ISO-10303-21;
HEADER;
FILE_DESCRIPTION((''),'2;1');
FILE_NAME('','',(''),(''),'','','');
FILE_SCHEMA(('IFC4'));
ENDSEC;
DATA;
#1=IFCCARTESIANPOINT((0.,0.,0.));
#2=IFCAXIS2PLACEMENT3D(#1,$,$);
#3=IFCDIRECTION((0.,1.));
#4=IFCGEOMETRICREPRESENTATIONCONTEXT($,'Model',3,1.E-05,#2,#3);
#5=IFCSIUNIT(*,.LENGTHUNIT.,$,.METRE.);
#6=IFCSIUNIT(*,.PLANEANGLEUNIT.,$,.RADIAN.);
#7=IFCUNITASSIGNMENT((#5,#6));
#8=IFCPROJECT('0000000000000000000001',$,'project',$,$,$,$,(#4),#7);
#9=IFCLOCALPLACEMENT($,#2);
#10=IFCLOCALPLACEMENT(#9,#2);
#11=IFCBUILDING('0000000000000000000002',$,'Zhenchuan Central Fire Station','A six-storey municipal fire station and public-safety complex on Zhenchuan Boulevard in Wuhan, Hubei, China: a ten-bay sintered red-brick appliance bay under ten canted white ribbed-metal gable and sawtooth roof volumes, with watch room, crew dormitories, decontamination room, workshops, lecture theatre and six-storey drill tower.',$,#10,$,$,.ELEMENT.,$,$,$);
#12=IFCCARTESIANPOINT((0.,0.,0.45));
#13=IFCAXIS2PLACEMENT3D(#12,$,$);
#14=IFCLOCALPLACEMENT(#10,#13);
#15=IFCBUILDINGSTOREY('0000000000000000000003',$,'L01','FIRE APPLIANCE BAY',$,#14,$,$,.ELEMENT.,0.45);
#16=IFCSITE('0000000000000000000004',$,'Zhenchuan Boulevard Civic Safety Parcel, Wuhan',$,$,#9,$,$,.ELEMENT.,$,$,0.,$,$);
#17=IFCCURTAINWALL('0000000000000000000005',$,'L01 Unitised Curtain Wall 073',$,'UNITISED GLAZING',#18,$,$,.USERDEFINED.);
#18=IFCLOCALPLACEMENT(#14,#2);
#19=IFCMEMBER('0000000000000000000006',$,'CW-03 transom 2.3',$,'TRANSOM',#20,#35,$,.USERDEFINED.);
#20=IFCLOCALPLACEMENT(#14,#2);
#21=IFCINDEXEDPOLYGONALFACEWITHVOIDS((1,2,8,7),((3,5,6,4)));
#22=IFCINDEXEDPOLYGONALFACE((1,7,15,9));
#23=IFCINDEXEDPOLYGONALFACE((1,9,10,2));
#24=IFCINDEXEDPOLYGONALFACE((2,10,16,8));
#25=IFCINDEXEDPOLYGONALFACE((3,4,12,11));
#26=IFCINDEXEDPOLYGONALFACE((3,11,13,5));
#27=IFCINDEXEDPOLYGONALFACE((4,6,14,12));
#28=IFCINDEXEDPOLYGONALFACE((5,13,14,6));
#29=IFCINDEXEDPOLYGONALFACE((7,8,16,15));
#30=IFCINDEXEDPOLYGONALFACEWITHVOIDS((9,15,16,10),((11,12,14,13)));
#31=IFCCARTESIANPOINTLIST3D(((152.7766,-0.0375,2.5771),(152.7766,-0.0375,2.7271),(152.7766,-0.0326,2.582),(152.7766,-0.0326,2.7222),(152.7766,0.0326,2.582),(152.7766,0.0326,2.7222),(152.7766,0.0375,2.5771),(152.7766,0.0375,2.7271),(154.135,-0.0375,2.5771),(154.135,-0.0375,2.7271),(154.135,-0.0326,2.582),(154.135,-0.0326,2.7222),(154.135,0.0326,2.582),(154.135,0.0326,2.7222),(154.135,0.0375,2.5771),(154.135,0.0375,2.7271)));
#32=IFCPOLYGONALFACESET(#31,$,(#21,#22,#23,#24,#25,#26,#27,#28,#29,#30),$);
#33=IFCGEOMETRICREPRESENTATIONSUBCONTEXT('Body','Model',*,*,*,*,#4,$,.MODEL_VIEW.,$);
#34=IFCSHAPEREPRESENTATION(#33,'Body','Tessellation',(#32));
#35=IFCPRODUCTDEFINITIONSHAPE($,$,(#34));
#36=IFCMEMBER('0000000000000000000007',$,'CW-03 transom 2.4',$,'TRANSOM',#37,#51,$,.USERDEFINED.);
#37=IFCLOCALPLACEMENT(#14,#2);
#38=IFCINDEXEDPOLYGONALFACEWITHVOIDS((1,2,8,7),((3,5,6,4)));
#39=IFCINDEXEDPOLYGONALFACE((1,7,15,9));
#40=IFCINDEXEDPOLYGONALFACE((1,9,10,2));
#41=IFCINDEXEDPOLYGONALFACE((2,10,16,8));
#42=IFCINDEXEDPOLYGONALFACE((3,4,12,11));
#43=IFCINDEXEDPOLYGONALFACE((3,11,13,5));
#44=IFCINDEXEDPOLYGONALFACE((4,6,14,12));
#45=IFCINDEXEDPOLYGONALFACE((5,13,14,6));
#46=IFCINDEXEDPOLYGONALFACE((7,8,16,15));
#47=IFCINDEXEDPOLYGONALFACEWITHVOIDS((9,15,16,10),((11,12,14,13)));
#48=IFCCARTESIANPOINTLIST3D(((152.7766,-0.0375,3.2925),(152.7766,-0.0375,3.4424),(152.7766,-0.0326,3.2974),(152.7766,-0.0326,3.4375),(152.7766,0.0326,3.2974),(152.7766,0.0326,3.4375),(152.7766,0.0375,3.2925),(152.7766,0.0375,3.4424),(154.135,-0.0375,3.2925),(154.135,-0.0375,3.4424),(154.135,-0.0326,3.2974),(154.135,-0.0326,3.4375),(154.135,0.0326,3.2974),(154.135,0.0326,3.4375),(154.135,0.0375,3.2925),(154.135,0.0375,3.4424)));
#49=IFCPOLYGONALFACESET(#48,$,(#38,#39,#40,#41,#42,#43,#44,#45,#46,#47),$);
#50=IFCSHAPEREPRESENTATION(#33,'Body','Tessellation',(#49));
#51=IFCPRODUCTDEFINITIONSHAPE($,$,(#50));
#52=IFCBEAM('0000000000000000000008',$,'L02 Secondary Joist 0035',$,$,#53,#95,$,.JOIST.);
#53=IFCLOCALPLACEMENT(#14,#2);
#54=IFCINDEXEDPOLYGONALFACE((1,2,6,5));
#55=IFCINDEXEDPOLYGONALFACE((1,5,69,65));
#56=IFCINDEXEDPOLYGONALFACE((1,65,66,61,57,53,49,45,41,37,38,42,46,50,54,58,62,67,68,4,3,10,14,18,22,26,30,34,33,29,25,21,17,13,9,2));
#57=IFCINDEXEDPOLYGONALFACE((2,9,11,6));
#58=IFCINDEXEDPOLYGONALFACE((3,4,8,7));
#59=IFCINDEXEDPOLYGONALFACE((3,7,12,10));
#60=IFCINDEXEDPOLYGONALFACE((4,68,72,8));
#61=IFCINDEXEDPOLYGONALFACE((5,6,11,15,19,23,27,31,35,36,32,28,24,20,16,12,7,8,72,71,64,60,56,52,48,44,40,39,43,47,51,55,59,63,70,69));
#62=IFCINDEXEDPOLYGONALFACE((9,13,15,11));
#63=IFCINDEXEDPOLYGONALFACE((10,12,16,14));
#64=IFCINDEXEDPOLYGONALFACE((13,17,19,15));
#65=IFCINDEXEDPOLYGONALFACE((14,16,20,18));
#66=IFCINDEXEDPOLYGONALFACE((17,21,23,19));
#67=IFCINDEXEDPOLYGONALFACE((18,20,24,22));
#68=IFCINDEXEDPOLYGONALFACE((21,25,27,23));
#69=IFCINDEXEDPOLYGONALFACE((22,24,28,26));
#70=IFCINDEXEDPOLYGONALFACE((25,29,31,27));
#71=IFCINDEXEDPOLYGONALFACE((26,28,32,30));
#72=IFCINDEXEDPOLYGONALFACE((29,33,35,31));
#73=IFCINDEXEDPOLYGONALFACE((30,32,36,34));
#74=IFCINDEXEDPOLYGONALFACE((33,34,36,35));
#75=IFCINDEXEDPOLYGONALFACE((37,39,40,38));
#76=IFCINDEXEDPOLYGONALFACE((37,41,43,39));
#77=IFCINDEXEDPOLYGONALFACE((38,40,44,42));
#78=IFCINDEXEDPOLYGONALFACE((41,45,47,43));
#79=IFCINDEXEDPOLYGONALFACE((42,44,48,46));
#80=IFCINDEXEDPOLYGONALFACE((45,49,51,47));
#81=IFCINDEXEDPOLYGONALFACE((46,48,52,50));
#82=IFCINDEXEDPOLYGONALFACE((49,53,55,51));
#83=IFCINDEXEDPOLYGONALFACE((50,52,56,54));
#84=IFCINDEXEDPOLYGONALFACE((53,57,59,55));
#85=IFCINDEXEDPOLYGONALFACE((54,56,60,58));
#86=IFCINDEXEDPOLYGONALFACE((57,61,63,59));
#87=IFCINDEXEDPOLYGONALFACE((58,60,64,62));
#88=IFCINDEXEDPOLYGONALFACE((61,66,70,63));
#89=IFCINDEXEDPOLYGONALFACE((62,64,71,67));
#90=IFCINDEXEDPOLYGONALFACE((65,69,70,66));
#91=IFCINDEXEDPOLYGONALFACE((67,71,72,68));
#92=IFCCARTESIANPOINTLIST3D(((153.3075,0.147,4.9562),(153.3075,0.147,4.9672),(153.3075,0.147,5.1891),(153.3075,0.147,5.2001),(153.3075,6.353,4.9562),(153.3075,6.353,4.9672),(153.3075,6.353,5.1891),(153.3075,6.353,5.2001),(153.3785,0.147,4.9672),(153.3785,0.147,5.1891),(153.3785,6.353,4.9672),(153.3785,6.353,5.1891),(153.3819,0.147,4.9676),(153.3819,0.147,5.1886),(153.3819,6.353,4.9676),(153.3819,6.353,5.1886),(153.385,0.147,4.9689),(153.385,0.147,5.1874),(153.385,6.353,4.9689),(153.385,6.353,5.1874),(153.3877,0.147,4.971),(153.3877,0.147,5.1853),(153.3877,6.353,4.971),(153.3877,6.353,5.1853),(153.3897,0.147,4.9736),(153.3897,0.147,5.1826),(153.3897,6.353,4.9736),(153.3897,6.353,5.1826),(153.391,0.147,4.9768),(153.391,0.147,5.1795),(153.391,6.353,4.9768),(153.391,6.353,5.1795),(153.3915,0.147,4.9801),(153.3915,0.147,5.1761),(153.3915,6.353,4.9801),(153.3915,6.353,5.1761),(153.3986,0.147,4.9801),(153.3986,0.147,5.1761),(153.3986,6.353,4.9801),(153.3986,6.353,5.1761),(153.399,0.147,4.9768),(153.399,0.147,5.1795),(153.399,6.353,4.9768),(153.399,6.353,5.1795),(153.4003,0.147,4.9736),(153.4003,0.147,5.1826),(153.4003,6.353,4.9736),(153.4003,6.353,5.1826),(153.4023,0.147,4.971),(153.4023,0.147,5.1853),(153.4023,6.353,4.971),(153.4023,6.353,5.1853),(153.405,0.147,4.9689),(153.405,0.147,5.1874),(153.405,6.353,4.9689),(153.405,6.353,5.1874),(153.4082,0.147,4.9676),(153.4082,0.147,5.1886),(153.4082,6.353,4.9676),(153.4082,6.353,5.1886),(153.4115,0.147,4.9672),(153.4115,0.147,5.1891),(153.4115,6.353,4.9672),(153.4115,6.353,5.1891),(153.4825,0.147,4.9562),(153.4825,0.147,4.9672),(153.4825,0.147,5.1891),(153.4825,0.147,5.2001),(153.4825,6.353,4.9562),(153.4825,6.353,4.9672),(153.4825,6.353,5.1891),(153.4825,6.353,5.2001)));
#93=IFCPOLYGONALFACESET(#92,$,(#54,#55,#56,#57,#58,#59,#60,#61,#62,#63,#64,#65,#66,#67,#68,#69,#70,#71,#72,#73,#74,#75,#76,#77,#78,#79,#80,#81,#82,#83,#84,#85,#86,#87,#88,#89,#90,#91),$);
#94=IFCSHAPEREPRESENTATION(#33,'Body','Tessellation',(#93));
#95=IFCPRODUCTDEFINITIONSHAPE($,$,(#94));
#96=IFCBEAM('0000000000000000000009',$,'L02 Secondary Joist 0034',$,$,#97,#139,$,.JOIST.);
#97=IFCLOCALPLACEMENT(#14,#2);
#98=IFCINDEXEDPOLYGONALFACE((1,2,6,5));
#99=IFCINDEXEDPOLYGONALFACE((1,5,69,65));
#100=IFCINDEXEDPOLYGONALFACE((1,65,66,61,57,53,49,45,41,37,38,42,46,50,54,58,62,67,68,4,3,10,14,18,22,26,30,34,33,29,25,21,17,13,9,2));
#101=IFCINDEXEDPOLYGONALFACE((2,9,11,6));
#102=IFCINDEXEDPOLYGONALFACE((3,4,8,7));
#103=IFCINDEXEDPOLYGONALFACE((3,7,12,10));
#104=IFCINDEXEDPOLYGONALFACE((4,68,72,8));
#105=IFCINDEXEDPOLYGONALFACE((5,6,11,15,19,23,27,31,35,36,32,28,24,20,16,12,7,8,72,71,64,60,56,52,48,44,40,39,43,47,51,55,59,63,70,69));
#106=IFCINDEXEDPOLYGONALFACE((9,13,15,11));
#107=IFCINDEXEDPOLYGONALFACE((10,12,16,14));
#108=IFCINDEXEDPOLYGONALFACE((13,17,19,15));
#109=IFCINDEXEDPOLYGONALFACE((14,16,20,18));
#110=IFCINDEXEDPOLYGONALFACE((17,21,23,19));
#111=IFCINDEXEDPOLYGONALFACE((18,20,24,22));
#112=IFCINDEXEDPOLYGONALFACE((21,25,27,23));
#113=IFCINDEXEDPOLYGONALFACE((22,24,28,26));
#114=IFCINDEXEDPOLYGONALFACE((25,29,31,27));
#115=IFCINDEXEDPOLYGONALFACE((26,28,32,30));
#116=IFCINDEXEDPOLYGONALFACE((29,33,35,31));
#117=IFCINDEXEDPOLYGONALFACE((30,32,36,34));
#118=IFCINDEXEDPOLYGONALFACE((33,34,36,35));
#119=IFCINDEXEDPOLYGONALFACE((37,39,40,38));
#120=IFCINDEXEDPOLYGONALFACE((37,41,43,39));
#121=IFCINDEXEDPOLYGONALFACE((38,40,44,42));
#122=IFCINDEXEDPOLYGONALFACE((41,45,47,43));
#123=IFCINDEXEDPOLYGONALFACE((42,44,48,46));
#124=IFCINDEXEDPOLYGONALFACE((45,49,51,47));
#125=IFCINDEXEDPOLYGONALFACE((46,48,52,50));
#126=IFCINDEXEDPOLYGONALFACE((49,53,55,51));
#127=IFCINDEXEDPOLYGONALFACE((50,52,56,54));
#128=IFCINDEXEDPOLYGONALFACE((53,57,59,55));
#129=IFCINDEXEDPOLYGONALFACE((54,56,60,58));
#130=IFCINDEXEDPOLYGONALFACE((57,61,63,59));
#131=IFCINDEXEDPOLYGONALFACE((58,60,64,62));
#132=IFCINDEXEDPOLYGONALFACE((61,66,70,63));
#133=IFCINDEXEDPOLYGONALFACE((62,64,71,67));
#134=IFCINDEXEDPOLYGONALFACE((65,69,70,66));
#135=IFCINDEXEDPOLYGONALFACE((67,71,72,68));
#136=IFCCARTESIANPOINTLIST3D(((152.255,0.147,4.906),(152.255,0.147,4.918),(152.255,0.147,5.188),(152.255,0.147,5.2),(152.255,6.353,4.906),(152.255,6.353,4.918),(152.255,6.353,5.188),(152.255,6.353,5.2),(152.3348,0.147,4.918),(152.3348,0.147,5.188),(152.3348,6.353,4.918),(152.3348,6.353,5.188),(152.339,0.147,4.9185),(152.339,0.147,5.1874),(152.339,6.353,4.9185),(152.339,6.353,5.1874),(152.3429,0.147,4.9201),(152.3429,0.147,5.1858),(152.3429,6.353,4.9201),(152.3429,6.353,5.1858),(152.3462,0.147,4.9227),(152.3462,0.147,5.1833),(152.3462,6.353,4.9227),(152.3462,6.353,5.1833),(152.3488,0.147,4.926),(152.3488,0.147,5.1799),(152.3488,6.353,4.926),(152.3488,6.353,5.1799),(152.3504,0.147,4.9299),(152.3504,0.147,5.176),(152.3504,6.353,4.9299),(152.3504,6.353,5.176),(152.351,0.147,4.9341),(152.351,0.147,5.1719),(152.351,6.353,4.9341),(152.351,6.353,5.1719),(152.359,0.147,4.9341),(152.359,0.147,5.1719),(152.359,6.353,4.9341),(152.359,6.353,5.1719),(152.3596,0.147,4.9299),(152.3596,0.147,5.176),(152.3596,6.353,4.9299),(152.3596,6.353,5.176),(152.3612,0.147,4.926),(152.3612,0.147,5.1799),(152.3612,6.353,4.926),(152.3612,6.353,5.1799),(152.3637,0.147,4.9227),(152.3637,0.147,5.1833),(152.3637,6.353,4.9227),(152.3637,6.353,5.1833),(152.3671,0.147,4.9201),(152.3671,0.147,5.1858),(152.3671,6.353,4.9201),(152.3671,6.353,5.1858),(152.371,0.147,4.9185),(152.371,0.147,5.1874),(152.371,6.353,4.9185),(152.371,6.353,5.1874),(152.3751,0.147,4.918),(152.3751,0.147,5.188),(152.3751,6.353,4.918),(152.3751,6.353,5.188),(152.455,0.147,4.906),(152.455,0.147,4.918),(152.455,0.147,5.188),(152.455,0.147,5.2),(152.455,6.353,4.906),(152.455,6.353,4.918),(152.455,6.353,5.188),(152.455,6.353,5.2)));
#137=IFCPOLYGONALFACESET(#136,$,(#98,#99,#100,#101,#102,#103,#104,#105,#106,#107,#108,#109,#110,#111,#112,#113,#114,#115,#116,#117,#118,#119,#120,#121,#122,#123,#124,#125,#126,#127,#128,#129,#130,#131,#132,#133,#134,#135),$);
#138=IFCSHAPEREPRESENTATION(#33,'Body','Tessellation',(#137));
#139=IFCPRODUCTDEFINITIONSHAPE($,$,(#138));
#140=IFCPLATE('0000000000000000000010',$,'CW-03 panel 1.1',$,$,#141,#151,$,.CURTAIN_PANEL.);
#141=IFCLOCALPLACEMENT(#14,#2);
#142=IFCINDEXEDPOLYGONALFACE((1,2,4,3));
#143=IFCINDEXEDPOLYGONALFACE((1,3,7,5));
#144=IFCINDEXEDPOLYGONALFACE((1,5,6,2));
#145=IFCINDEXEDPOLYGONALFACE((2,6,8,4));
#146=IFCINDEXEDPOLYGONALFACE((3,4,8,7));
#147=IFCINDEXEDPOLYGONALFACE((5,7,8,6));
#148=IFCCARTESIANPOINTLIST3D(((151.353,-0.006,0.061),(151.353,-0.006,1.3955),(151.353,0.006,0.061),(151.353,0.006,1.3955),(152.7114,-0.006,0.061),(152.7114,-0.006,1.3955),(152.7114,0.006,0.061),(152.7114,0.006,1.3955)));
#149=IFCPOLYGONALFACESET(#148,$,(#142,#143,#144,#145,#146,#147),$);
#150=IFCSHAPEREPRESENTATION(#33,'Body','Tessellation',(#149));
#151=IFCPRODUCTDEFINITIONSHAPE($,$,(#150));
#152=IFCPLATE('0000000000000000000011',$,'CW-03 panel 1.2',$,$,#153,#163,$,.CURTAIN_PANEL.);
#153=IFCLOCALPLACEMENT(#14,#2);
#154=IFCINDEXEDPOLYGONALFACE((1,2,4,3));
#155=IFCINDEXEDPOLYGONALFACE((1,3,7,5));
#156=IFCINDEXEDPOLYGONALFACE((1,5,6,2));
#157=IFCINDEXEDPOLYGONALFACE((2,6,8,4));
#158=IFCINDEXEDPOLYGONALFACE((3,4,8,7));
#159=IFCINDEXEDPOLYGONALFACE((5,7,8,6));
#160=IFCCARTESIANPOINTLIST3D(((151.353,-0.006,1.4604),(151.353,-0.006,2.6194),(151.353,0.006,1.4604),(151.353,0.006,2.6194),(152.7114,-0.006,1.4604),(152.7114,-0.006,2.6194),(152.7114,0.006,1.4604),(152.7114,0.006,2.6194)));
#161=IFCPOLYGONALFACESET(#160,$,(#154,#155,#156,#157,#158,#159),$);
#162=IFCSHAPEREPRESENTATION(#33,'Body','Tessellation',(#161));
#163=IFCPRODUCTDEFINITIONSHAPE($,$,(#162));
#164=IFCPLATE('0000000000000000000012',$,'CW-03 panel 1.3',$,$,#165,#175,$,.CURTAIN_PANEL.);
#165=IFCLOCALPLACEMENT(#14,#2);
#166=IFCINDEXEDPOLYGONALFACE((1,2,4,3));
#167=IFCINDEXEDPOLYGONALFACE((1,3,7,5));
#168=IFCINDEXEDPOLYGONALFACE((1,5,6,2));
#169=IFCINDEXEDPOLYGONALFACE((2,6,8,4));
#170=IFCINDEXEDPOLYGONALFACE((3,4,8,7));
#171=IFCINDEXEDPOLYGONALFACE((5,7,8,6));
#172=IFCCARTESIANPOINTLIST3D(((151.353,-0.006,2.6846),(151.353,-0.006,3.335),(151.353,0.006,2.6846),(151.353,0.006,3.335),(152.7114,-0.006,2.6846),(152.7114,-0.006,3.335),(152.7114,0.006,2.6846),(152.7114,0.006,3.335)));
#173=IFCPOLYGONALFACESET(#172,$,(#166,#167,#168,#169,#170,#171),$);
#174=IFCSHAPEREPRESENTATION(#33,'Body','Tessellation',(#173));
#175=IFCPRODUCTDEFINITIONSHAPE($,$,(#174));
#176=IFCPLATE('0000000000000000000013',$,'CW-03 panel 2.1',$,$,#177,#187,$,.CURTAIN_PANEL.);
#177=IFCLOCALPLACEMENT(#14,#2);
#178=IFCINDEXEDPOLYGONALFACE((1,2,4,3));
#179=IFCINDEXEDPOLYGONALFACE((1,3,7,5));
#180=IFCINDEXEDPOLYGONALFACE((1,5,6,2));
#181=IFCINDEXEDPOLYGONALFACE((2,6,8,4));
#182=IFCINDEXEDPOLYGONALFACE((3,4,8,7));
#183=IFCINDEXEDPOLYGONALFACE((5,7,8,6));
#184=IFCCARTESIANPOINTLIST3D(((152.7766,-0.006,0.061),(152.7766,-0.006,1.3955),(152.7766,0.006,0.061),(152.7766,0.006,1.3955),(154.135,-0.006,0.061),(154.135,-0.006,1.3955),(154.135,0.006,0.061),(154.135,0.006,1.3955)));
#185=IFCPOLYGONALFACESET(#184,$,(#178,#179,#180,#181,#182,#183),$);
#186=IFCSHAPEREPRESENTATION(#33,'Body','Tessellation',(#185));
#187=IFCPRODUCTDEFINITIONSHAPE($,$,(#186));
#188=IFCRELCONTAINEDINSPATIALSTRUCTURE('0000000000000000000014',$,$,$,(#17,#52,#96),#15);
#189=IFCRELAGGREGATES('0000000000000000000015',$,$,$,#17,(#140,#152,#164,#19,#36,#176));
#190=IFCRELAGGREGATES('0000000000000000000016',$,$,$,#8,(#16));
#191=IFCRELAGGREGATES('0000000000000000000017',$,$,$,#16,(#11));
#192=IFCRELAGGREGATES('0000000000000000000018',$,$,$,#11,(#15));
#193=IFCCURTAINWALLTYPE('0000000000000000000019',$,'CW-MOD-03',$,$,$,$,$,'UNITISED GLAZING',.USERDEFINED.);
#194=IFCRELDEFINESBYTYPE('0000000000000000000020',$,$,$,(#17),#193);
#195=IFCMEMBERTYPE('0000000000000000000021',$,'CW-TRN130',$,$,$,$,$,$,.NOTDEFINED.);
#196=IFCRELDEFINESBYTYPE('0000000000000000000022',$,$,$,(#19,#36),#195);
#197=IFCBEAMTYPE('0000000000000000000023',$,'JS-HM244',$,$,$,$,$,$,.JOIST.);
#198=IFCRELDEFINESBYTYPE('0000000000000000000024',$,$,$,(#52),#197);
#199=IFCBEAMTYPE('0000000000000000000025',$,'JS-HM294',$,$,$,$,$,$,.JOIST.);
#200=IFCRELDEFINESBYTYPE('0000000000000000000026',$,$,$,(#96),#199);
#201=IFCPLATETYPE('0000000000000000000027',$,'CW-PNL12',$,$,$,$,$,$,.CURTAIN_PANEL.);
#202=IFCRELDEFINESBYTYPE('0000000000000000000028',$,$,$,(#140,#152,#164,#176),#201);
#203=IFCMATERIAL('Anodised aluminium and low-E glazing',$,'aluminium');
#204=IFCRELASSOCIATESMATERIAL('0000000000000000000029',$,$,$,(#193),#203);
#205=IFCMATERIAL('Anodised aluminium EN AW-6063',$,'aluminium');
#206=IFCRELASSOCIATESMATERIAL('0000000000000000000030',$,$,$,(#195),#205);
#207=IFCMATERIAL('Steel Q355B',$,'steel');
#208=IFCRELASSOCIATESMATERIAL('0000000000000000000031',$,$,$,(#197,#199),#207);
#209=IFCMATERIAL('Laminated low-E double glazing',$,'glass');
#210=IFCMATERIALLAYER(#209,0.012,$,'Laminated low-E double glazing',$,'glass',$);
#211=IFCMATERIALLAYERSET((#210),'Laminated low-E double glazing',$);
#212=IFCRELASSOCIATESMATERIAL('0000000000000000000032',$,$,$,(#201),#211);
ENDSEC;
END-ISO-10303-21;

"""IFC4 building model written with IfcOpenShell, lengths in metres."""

from ifc_helpers import new_model, si_unit, direction, frame, origin, origin_2d, place, context, subcontext, project, spatial, rectangle, hollow_rectangle, i_section, extrude, material, layer, layer_set, material_profile, profile_set, type_object, element, aggregate, save


model = new_model("IFC4")

# Units and contexts
model_context = context("Model", 3, precision=1e-05, world=origin(), true_north=direction((0.0, 1.0)))
body_context = subcontext(model_context, "Body", "Model", "MODEL_VIEW")
ifc_project = project(units=[si_unit("LENGTHUNIT", "METRE"), si_unit("PLANEANGLEUNIT", "RADIAN")], contexts=[model_context])

# Site, building, storey
site_placement = place(None, origin())
site = spatial("IfcSite", under=ifc_project, at=site_placement, Name="Zhenchuan Boulevard Civic Safety Parcel, Wuhan", CompositionType="ELEMENT", RefElevation=0.0)
building_placement = place(site_placement, origin())
building = spatial("IfcBuilding", under=site, at=building_placement, Name="Zhenchuan Central Fire Station", Description="A six-storey municipal fire station and public-safety complex on Zhenchuan Boulevard in Wuhan, Hubei, China: a ten-bay sintered red-brick appliance bay under ten canted white ribbed-metal gable and sawtooth roof volumes, with watch room, crew dormitories, decontamination room, workshops, lecture theatre and six-storey drill tower.", CompositionType="ELEMENT")
storey_placement = place(building_placement, frame((0.0, 0.0, 0.45)))
storey = spatial("IfcBuildingStorey", under=building, at=storey_placement, Name="L01", Description="FIRE APPLIANCE BAY", CompositionType="ELEMENT", Elevation=0.45)

# Curtain wall, members
ifc_material_1 = material(Name="Anodised aluminium and low-E glazing", Category="aluminium")
curtain_wall_type = type_object("IfcCurtainWallType", Name="CW-MOD-03", ElementType="UNITISED GLAZING", PredefinedType="USERDEFINED", material=ifc_material_1)
curtain_wall_placement = place(storey_placement, origin())
curtain_wall = element("IfcCurtainWall", 1, at=curtain_wall_placement, inside=storey, type_object=curtain_wall_type, Name="L01 Unitised Curtain Wall 073", ObjectType="UNITISED GLAZING", PredefinedType="USERDEFINED")
ifc_material_2 = material(Name="Anodised aluminium EN AW-6063", Category="aluminium")
ifc_material_profile_1 = material_profile(ifc_material_2, hollow_rectangle(XDim=0.075, YDim=0.1499, WallThickness=0.0049, at=origin_2d()), Name="ALU-T 150x75")
ifc_profile_set_1 = profile_set([ifc_material_profile_1], Name="Anodised aluminium EN AW-6063")
member_type_1 = type_object("IfcMemberType", Name="CW-TRN130", PredefinedType="NOTDEFINED", material=ifc_profile_set_1)
member_1_placement = place(storey_placement, frame((152.7766, 0.0, 2.6521), z_axis=(1.0, 0.0, 0.0), x_axis=(0.0, 1.0, 0.0)))
member_1 = element("IfcMember", 2, at=member_1_placement, type_object=member_type_1, Name="CW-03 transom 2.3", ObjectType="TRANSOM", PredefinedType="USERDEFINED", context=body_context, shape_type="SweptSolid", body=[
    extrude(hollow_rectangle(XDim=0.075, YDim=0.1499, WallThickness=0.0049, at=origin_2d()), origin(), (0.0, 0.0, 1.0), 1.3584),
])
member_2_placement = place(storey_placement, frame((152.7766, 0.0, 3.3674), z_axis=(1.0, 0.0, 0.0), x_axis=(0.0, 1.0, 0.0)))
member_2 = element("IfcMember", 3, at=member_2_placement, type_object=member_type_1, Name="CW-03 transom 2.4", ObjectType="TRANSOM", PredefinedType="USERDEFINED", context=body_context, shape_type="SweptSolid", body=[
    extrude(hollow_rectangle(XDim=0.075, YDim=0.1499, WallThickness=0.0049, at=origin_2d()), origin(), (0.0, 0.0, 1.0), 1.3584),
])

# Beams
ifc_material_3 = material(Name="Steel Q355B", Category="steel")
ifc_material_profile_2 = material_profile(ifc_material_3, i_section(OverallWidth=0.175, OverallDepth=0.2439, WebThickness=0.0071, FlangeThickness=0.011, FilletRadius=0.0129, at=origin_2d()), Name="HM 244x175")
ifc_profile_set_2 = profile_set([ifc_material_profile_2], Name="Steel Q355B")
beam_type_1 = type_object("IfcBeamType", Name="JS-HM244", PredefinedType="JOIST", material=ifc_profile_set_2)
beam_1_placement = place(storey_placement, frame((153.395, 0.147, 5.0781), z_axis=(0.0, 1.0, 0.0), x_axis=(-1.0, 0.0, 0.0)))
element("IfcBeam", 4, at=beam_1_placement, inside=storey, type_object=beam_type_1, Name="L02 Secondary Joist 0035", PredefinedType="JOIST", context=body_context, shape_type="SweptSolid", body=[
    extrude(i_section(OverallWidth=0.175, OverallDepth=0.2439, WebThickness=0.0071, FlangeThickness=0.011, FilletRadius=0.0129, at=origin_2d()), origin(), (0.0, 0.0, 1.0), 6.2061),
])
ifc_material_profile_3 = material_profile(ifc_material_3, i_section(OverallWidth=0.2, OverallDepth=0.2939, WebThickness=0.0081, FlangeThickness=0.012, FilletRadius=0.0161, at=origin_2d()), Name="HM 294x200")
ifc_profile_set_3 = profile_set([ifc_material_profile_3], Name="Steel Q355B")
beam_type_2 = type_object("IfcBeamType", Name="JS-HM294", PredefinedType="JOIST", material=ifc_profile_set_3)
beam_2_placement = place(storey_placement, frame((152.355, 0.147, 5.053), z_axis=(0.0, 1.0, 0.0), x_axis=(-1.0, 0.0, 0.0)))
element("IfcBeam", 5, at=beam_2_placement, inside=storey, type_object=beam_type_2, Name="L02 Secondary Joist 0034", PredefinedType="JOIST", context=body_context, shape_type="SweptSolid", body=[
    extrude(i_section(OverallWidth=0.2, OverallDepth=0.2939, WebThickness=0.0081, FlangeThickness=0.012, FilletRadius=0.0161, at=origin_2d()), origin(), (0.0, 0.0, 1.0), 6.2061),
])

# Plates
ifc_material_4 = material(Name="Laminated low-E double glazing", Category="glass")
ifc_layer_1 = layer(ifc_material_4, 0.012, Name="Laminated low-E double glazing", Category="glass")
ifc_layer_set_1 = layer_set([ifc_layer_1], Name="Laminated low-E double glazing")
plate_type = type_object("IfcPlateType", Name="CW-PNL12", PredefinedType="CURTAIN_PANEL", material=ifc_layer_set_1)
plate_1_placement = place(storey_placement, frame((152.0322, 0.0, 0.061), z_axis=(0.0, 0.0, 1.0), x_axis=(1.0, 0.0, 0.0)))
plate_1 = element("IfcPlate", 6, at=plate_1_placement, type_object=plate_type, Name="CW-03 panel 1.1", PredefinedType="CURTAIN_PANEL", context=body_context, shape_type="SweptSolid", body=[
    extrude(rectangle(XDim=1.3584, YDim=0.012, at=origin_2d()), origin(), (0.0, 0.0, 1.0), 1.3345),
])
plate_2_placement = place(storey_placement, frame((152.0322, 0.0, 1.4604), z_axis=(0.0, 0.0, 1.0), x_axis=(1.0, 0.0, 0.0)))
plate_2 = element("IfcPlate", 7, at=plate_2_placement, type_object=plate_type, Name="CW-03 panel 1.2", PredefinedType="CURTAIN_PANEL", context=body_context, shape_type="SweptSolid", body=[
    extrude(rectangle(XDim=1.3584, YDim=0.012, at=origin_2d()), origin(), (0.0, 0.0, 1.0), 1.1589),
])
plate_3_placement = place(storey_placement, frame((152.0322, 0.0, 2.6846), z_axis=(0.0, 0.0, 1.0), x_axis=(1.0, 0.0, 0.0)))
plate_3 = element("IfcPlate", 8, at=plate_3_placement, type_object=plate_type, Name="CW-03 panel 1.3", PredefinedType="CURTAIN_PANEL", context=body_context, shape_type="SweptSolid", body=[
    extrude(rectangle(XDim=1.3584, YDim=0.012, at=origin_2d()), origin(), (0.0, 0.0, 1.0), 0.6504),
])
plate_4_placement = place(storey_placement, frame((153.4558, 0.0, 0.061), z_axis=(0.0, 0.0, 1.0), x_axis=(1.0, 0.0, 0.0)))
plate_4 = element("IfcPlate", 9, at=plate_4_placement, type_object=plate_type, Name="CW-03 panel 2.1", PredefinedType="CURTAIN_PANEL", context=body_context, shape_type="SweptSolid", body=[
    extrude(rectangle(XDim=1.3584, YDim=0.012, at=origin_2d()), origin(), (0.0, 0.0, 1.0), 1.3345),
])
aggregate(curtain_wall, [plate_1, plate_2, plate_3, member_1, member_2, plate_4])

save(model, "model.ifc")
